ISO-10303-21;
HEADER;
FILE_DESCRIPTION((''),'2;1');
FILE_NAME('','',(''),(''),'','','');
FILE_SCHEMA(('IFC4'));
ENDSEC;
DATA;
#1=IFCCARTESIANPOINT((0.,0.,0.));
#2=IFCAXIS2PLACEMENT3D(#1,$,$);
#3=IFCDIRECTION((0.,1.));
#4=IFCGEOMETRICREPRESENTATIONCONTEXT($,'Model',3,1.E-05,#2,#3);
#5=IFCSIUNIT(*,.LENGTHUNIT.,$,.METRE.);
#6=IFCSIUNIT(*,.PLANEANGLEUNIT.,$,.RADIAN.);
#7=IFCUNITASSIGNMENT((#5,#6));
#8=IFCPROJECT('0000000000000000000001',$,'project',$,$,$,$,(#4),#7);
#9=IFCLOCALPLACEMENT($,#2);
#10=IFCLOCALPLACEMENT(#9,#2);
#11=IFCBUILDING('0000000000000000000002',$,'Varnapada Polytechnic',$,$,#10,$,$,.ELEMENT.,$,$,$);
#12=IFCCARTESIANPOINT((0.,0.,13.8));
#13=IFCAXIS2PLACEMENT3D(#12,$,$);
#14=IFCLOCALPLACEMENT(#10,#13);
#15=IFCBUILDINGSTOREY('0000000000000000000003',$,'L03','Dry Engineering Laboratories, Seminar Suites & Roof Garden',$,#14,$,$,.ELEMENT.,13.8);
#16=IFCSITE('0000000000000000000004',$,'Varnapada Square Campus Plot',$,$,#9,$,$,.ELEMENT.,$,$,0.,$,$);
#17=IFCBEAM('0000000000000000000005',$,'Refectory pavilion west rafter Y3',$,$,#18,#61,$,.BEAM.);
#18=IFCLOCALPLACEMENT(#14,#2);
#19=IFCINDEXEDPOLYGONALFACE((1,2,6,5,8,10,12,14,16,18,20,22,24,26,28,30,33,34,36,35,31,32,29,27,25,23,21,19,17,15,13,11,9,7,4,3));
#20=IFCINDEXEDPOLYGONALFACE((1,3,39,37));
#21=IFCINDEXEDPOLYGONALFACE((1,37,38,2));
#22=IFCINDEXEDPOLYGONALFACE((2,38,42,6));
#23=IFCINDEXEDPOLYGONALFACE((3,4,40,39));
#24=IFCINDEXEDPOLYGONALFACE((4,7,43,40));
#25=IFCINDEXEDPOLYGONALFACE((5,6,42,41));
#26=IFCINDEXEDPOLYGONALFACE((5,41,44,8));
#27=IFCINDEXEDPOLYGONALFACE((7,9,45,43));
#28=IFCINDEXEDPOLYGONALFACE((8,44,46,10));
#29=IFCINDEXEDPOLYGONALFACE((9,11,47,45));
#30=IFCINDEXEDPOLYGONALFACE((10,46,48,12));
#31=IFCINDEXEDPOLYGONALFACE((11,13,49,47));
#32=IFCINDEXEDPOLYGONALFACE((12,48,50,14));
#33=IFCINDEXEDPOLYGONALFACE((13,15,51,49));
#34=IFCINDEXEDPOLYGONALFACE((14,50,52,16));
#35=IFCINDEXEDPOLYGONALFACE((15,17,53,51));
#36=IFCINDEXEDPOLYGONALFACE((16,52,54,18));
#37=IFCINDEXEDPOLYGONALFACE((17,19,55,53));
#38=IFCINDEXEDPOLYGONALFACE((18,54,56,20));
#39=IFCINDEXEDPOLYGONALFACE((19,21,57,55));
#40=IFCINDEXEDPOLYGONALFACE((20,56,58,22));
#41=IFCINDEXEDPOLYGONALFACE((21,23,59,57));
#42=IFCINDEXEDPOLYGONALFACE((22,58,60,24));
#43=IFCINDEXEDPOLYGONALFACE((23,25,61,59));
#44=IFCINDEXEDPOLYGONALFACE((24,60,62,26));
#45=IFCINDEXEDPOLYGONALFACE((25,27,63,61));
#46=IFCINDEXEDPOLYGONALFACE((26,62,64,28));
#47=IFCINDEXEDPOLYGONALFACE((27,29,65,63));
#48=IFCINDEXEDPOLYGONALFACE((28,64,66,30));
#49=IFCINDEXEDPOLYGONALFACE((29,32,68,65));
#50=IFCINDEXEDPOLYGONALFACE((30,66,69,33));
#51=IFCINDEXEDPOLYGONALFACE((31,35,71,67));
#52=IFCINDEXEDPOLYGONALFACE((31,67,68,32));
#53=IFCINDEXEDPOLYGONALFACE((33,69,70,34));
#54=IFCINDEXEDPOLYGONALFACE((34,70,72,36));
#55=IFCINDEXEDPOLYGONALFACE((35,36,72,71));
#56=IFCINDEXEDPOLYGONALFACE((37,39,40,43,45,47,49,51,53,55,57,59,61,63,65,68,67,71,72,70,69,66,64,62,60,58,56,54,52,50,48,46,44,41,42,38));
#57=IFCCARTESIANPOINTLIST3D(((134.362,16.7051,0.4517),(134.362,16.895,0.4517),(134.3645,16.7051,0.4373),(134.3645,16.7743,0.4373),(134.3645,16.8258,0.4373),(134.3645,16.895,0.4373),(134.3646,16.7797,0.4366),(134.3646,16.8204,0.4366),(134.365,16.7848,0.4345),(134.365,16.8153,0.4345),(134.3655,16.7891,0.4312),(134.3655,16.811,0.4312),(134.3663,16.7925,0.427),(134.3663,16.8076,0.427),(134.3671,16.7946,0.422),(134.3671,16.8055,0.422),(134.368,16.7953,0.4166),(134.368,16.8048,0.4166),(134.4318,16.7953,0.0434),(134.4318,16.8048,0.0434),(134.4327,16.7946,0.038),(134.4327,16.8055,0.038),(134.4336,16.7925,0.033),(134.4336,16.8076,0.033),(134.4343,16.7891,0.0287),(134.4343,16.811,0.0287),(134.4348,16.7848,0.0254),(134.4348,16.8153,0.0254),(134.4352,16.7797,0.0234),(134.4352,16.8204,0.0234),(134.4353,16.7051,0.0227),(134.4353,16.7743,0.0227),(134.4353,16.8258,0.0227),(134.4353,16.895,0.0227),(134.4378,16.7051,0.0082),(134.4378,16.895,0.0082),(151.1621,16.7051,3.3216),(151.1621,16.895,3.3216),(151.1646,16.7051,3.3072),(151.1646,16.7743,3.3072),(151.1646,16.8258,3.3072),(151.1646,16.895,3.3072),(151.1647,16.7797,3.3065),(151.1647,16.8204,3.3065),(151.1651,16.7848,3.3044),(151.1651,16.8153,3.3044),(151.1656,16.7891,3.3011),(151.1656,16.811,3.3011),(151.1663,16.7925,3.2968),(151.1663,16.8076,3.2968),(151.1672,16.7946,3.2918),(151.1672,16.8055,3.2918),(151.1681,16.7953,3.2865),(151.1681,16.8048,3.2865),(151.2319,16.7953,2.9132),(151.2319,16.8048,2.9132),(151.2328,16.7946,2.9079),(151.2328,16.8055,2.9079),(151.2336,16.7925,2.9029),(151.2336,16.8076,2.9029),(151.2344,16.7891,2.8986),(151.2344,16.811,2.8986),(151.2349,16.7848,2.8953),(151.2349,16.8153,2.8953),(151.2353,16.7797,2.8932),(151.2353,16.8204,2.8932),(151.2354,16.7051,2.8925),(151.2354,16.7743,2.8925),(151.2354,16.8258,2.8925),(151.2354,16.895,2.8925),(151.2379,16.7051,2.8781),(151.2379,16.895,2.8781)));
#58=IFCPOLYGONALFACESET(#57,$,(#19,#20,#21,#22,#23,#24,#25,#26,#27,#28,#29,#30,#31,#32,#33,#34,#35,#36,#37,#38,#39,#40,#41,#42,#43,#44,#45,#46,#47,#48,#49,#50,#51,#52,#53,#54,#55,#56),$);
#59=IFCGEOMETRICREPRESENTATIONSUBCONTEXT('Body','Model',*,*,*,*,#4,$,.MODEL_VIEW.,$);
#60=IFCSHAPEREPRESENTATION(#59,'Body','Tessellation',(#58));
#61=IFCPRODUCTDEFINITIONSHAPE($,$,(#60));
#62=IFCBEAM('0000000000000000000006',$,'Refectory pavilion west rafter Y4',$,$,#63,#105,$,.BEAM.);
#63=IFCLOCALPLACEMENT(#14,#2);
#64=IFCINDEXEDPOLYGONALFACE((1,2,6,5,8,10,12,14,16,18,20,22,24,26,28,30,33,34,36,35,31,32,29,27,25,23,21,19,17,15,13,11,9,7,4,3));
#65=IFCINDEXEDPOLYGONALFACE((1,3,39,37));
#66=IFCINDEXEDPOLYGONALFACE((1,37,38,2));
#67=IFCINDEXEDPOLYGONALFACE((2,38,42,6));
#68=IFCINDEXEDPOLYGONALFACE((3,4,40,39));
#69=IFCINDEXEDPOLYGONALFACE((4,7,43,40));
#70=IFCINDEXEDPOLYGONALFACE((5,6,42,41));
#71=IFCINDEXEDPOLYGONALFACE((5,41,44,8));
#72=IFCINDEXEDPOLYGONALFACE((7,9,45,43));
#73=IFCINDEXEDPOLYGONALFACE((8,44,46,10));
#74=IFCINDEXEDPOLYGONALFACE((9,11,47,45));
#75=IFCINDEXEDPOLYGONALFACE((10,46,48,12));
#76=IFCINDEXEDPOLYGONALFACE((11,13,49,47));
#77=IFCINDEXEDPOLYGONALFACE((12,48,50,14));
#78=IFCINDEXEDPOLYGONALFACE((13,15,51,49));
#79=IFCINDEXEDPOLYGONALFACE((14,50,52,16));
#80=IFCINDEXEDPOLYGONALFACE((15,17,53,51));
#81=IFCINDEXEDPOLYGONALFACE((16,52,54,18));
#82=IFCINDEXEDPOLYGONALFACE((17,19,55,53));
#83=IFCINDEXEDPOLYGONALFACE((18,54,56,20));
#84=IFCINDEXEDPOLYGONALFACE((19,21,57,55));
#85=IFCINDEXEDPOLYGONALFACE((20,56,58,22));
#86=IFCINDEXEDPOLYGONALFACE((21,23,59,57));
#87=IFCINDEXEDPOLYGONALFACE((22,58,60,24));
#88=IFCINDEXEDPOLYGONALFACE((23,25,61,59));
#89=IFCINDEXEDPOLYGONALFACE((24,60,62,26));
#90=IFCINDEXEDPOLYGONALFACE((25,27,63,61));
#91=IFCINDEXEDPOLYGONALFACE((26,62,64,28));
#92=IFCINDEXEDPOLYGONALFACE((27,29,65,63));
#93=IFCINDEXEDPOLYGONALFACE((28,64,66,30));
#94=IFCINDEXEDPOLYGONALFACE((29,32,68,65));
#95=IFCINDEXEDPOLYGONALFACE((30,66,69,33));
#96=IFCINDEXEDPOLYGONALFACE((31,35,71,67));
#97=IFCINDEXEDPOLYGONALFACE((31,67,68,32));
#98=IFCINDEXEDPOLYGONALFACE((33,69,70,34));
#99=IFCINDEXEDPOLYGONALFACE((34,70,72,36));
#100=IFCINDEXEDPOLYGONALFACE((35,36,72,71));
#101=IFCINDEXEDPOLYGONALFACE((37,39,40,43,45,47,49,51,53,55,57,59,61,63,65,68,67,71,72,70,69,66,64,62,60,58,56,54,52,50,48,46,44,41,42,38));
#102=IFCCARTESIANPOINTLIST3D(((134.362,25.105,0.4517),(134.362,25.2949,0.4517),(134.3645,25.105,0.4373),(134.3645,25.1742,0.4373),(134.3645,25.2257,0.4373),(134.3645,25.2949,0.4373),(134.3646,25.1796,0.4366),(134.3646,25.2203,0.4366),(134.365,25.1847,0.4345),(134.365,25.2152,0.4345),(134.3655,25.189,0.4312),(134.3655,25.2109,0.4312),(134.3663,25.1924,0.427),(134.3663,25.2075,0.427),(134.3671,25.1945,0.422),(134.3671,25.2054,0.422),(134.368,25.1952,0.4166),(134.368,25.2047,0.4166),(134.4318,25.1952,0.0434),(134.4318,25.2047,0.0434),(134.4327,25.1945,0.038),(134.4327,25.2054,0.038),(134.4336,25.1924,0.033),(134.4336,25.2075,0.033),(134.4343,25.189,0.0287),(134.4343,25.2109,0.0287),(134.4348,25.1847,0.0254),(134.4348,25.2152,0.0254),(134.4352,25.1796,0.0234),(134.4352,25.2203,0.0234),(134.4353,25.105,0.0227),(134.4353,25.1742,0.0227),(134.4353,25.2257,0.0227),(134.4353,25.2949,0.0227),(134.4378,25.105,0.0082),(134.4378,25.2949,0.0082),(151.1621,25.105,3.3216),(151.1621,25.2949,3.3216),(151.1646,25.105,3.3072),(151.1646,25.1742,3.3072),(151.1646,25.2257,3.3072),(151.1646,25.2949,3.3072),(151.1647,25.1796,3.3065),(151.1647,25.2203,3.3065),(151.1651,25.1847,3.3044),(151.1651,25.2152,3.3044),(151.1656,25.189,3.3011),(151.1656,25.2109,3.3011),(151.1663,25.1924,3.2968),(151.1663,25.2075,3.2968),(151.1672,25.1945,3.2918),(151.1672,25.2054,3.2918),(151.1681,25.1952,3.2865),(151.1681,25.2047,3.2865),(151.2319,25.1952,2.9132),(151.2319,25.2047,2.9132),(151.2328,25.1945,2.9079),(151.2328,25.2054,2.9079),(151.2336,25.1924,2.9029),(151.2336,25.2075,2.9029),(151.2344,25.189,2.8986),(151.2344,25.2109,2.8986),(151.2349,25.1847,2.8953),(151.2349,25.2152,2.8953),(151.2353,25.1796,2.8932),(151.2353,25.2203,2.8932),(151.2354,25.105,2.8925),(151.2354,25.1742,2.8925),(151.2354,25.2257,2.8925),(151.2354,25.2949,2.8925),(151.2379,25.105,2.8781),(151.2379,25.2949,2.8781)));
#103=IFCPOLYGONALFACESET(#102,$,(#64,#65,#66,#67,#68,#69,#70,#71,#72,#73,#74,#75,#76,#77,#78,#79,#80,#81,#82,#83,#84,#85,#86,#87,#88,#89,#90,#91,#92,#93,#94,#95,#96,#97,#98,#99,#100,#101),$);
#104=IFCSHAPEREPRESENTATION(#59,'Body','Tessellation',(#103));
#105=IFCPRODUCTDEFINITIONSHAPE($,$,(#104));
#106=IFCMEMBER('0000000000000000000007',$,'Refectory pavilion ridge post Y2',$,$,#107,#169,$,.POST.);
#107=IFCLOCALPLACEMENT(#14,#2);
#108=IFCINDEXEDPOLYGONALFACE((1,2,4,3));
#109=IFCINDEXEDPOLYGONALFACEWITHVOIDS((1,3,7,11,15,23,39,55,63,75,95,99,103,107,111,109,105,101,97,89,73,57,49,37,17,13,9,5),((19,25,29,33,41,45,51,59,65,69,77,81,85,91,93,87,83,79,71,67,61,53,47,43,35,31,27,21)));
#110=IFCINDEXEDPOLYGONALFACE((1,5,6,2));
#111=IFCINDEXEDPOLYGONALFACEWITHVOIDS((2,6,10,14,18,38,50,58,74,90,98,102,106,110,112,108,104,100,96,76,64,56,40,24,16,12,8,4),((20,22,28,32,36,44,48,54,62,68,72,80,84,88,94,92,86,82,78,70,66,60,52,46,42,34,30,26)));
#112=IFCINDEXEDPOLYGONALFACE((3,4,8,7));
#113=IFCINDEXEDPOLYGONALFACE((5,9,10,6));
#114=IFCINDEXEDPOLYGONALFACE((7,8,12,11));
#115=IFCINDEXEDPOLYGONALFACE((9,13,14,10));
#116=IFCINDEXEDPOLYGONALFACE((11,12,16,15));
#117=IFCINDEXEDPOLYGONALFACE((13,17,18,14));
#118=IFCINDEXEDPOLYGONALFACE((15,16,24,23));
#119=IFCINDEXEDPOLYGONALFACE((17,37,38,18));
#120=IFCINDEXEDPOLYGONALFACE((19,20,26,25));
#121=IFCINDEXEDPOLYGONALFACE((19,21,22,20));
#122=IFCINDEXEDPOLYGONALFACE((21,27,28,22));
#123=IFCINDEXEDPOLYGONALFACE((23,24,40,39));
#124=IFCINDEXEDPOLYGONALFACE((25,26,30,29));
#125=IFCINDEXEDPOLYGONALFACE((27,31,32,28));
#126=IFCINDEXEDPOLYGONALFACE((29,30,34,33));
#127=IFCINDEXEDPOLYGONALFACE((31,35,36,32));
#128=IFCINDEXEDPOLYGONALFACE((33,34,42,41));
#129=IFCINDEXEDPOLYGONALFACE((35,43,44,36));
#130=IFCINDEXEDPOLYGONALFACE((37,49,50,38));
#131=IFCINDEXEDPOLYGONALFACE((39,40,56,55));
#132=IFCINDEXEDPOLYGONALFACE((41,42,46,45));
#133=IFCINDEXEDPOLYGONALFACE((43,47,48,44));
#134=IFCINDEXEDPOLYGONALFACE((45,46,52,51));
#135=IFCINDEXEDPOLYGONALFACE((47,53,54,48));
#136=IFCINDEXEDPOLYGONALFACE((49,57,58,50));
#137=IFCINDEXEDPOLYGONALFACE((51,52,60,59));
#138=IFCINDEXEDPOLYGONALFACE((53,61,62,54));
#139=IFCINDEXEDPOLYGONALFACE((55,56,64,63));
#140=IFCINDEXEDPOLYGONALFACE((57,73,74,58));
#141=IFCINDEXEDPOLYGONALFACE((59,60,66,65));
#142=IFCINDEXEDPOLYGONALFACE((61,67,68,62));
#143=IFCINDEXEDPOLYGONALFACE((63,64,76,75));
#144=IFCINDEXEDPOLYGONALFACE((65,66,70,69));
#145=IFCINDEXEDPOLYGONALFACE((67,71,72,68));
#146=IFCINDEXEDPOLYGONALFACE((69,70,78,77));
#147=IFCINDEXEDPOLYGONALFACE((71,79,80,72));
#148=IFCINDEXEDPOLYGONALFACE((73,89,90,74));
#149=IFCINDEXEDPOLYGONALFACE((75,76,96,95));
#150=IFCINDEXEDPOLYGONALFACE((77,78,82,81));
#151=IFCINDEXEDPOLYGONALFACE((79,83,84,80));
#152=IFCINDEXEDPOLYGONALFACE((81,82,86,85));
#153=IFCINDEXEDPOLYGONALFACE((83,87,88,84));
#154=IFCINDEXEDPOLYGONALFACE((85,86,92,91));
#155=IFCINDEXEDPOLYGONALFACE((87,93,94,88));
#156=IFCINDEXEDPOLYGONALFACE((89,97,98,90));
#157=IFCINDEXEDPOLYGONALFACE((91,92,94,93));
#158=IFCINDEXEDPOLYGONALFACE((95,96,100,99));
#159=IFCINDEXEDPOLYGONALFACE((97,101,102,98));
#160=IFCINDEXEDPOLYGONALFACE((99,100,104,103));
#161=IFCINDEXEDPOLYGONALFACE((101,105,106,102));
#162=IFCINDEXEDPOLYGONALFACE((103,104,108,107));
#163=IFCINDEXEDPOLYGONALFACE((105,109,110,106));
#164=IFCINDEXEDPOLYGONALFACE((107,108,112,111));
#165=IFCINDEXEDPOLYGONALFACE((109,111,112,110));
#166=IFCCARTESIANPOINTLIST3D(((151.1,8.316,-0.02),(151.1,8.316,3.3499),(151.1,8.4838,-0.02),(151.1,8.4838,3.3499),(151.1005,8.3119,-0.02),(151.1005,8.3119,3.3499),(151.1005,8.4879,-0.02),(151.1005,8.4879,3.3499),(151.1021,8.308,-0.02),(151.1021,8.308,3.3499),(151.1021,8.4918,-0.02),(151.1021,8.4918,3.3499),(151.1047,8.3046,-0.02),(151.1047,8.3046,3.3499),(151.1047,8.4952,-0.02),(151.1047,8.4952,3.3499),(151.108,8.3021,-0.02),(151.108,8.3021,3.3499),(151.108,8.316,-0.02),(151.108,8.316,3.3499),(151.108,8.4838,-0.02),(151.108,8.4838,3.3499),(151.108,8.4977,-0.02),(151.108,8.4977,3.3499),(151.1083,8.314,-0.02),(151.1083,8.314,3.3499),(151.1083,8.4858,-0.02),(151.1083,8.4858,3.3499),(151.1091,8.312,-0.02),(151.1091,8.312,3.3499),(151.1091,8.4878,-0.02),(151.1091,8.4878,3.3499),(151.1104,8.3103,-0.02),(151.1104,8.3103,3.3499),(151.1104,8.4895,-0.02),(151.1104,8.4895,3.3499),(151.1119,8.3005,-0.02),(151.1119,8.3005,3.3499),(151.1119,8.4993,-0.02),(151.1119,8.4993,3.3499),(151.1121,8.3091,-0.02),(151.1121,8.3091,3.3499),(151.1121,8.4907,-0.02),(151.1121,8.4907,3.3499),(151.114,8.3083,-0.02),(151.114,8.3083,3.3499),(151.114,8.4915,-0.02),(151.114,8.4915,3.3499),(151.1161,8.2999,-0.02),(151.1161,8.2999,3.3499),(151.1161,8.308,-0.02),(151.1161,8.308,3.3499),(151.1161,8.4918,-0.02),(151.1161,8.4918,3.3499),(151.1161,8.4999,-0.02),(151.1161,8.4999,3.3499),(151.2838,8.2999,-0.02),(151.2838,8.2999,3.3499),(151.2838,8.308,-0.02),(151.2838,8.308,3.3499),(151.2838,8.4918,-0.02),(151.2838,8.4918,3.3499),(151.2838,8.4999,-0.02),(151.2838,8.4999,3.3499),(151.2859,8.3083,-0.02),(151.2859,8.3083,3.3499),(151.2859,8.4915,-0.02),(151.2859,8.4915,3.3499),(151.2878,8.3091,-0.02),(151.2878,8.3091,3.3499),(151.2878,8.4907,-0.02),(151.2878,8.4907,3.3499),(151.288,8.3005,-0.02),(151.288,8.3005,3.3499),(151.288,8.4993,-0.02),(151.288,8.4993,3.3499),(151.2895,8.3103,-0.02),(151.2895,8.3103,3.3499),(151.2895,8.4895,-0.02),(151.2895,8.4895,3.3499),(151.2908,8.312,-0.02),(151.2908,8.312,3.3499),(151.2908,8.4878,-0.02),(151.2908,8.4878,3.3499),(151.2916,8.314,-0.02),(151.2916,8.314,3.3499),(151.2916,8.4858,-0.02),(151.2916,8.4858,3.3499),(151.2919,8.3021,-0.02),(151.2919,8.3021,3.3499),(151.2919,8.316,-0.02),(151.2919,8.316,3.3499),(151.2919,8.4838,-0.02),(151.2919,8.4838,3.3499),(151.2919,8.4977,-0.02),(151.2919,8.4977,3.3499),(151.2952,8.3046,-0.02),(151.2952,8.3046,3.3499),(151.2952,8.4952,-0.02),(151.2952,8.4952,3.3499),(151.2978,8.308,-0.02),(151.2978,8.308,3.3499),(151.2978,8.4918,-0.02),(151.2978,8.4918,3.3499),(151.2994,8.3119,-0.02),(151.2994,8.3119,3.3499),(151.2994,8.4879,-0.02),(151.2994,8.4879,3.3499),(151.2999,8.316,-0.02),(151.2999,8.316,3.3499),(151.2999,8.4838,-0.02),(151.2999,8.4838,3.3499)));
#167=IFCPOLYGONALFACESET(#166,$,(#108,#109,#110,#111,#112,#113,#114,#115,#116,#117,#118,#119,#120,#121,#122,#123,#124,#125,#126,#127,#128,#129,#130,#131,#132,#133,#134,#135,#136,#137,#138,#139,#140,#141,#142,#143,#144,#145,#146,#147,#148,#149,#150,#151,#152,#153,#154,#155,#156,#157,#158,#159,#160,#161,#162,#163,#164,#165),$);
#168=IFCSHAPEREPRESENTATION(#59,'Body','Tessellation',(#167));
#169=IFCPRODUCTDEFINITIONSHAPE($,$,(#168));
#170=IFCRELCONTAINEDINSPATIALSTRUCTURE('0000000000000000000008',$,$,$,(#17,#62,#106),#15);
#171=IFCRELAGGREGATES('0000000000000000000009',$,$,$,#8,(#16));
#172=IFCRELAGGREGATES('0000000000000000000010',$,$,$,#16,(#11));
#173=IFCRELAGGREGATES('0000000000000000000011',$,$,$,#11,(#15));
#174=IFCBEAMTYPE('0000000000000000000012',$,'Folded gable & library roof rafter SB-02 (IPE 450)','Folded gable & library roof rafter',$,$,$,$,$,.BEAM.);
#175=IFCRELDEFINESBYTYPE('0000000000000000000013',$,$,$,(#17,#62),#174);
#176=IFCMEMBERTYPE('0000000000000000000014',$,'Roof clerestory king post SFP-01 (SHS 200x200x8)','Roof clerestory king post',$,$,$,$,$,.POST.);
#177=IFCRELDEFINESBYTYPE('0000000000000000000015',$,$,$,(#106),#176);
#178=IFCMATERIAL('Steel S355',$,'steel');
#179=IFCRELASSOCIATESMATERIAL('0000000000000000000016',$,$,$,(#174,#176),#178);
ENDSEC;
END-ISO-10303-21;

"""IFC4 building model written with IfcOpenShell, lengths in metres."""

from ifc_helpers import new_model, si_unit, direction, frame, origin, origin_2d, place, context, subcontext, project, spatial, hollow_rectangle, i_section, extrude, material, material_profile, profile_set, type_object, element, save


model = new_model("IFC4")

# Units and contexts
model_context = context("Model", 3, precision=1e-05, world=origin(), true_north=direction((0.0, 1.0)))
body_context = subcontext(model_context, "Body", "Model", "MODEL_VIEW")
ifc_project = project(units=[si_unit("LENGTHUNIT", "METRE"), si_unit("PLANEANGLEUNIT", "RADIAN")], contexts=[model_context])

# Site, building, storey
site_placement = place(None, origin())
site = spatial("IfcSite", under=ifc_project, at=site_placement, Name="Varnapada Square Campus Plot", CompositionType="ELEMENT", RefElevation=0.0)
building_placement = place(site_placement, origin())
building = spatial("IfcBuilding", under=site, at=building_placement, Name="Varnapada Polytechnic", CompositionType="ELEMENT")
storey_placement = place(building_placement, frame((0.0, 0.0, 13.8)))
storey = spatial("IfcBuildingStorey", under=building, at=storey_placement, Name="L03", Description="Dry Engineering Laboratories, Seminar Suites & Roof Garden", CompositionType="ELEMENT", Elevation=13.8)

# Shared definitions
ifc_material_1 = material(Name="Steel S355", Category="steel")

# Beams
ifc_material_profile_1 = material_profile(ifc_material_1, i_section(OverallWidth=0.1899, OverallDepth=0.45, WebThickness=0.0095, FlangeThickness=0.0146, FilletRadius=0.021, at=origin_2d()), Name="IPE 450")
ifc_profile_set_1 = profile_set([ifc_material_profile_1], Name="Steel S355")
beam_type_1 = type_object("IfcBeamType", Name="Folded gable & library roof rafter SB-02 (IPE 450)", Description="Folded gable & library roof rafter", PredefinedType="BEAM", material=ifc_profile_set_1)
for number, where, z_axis, x_axis, name in (
    (1, (134.3999, 16.8, 0.23), (0.985721, 0.0, 0.168386), (0.0, 1.0, 0.0), "Refectory pavilion west rafter Y3"),
    (2, (134.3999, 25.2, 0.23), (0.985721, 0.0, 0.168386), (0.0, 1.0, 0.0), "Refectory pavilion west rafter Y4"),
):
    element("IfcBeam", number, at=place(storey_placement, frame(where, z_axis=z_axis, x_axis=x_axis)), inside=storey, type_object=beam_type_1, Name=name, PredefinedType="BEAM", context=body_context, shape_type="SweptSolid", body=[
        extrude(i_section(OverallWidth=0.1899, OverallDepth=0.45, WebThickness=0.0095, FlangeThickness=0.0146, FilletRadius=0.021, at=origin_2d()), origin(), (0.0, 0.0, 1.0), 17.0435),
    ])

# Member
ifc_material_profile_2 = material_profile(ifc_material_1, hollow_rectangle(XDim=0.2, YDim=0.2, WallThickness=0.0081, InnerFilletRadius=0.0081, OuterFilletRadius=0.0161, at=origin_2d()), Name="SHS 200x200x8")
ifc_profile_set_2 = profile_set([ifc_material_profile_2], Name="Steel S355")
member_type_1 = type_object("IfcMemberType", Name="Roof clerestory king post SFP-01 (SHS 200x200x8)", Description="Roof clerestory king post", PredefinedType="POST", material=ifc_profile_set_2)
for number, where, z_axis, x_axis, name in (
    (3, (151.2, 8.3999, -0.02), (0.0, 0.0, 1.0), (1.0, 0.0, 0.0), "Refectory pavilion ridge post Y2"),
):
    element("IfcMember", number, at=place(storey_placement, frame(where, z_axis=z_axis, x_axis=x_axis)), inside=storey, type_object=member_type_1, Name=name, PredefinedType="POST", context=body_context, shape_type="SweptSolid", body=[
        extrude(hollow_rectangle(XDim=0.2, YDim=0.2, WallThickness=0.0081, InnerFilletRadius=0.0081, OuterFilletRadius=0.0161, at=origin_2d()), origin(), (0.0, 0.0, 1.0), 3.3699),
    ])

save(model, "model.ifc")
